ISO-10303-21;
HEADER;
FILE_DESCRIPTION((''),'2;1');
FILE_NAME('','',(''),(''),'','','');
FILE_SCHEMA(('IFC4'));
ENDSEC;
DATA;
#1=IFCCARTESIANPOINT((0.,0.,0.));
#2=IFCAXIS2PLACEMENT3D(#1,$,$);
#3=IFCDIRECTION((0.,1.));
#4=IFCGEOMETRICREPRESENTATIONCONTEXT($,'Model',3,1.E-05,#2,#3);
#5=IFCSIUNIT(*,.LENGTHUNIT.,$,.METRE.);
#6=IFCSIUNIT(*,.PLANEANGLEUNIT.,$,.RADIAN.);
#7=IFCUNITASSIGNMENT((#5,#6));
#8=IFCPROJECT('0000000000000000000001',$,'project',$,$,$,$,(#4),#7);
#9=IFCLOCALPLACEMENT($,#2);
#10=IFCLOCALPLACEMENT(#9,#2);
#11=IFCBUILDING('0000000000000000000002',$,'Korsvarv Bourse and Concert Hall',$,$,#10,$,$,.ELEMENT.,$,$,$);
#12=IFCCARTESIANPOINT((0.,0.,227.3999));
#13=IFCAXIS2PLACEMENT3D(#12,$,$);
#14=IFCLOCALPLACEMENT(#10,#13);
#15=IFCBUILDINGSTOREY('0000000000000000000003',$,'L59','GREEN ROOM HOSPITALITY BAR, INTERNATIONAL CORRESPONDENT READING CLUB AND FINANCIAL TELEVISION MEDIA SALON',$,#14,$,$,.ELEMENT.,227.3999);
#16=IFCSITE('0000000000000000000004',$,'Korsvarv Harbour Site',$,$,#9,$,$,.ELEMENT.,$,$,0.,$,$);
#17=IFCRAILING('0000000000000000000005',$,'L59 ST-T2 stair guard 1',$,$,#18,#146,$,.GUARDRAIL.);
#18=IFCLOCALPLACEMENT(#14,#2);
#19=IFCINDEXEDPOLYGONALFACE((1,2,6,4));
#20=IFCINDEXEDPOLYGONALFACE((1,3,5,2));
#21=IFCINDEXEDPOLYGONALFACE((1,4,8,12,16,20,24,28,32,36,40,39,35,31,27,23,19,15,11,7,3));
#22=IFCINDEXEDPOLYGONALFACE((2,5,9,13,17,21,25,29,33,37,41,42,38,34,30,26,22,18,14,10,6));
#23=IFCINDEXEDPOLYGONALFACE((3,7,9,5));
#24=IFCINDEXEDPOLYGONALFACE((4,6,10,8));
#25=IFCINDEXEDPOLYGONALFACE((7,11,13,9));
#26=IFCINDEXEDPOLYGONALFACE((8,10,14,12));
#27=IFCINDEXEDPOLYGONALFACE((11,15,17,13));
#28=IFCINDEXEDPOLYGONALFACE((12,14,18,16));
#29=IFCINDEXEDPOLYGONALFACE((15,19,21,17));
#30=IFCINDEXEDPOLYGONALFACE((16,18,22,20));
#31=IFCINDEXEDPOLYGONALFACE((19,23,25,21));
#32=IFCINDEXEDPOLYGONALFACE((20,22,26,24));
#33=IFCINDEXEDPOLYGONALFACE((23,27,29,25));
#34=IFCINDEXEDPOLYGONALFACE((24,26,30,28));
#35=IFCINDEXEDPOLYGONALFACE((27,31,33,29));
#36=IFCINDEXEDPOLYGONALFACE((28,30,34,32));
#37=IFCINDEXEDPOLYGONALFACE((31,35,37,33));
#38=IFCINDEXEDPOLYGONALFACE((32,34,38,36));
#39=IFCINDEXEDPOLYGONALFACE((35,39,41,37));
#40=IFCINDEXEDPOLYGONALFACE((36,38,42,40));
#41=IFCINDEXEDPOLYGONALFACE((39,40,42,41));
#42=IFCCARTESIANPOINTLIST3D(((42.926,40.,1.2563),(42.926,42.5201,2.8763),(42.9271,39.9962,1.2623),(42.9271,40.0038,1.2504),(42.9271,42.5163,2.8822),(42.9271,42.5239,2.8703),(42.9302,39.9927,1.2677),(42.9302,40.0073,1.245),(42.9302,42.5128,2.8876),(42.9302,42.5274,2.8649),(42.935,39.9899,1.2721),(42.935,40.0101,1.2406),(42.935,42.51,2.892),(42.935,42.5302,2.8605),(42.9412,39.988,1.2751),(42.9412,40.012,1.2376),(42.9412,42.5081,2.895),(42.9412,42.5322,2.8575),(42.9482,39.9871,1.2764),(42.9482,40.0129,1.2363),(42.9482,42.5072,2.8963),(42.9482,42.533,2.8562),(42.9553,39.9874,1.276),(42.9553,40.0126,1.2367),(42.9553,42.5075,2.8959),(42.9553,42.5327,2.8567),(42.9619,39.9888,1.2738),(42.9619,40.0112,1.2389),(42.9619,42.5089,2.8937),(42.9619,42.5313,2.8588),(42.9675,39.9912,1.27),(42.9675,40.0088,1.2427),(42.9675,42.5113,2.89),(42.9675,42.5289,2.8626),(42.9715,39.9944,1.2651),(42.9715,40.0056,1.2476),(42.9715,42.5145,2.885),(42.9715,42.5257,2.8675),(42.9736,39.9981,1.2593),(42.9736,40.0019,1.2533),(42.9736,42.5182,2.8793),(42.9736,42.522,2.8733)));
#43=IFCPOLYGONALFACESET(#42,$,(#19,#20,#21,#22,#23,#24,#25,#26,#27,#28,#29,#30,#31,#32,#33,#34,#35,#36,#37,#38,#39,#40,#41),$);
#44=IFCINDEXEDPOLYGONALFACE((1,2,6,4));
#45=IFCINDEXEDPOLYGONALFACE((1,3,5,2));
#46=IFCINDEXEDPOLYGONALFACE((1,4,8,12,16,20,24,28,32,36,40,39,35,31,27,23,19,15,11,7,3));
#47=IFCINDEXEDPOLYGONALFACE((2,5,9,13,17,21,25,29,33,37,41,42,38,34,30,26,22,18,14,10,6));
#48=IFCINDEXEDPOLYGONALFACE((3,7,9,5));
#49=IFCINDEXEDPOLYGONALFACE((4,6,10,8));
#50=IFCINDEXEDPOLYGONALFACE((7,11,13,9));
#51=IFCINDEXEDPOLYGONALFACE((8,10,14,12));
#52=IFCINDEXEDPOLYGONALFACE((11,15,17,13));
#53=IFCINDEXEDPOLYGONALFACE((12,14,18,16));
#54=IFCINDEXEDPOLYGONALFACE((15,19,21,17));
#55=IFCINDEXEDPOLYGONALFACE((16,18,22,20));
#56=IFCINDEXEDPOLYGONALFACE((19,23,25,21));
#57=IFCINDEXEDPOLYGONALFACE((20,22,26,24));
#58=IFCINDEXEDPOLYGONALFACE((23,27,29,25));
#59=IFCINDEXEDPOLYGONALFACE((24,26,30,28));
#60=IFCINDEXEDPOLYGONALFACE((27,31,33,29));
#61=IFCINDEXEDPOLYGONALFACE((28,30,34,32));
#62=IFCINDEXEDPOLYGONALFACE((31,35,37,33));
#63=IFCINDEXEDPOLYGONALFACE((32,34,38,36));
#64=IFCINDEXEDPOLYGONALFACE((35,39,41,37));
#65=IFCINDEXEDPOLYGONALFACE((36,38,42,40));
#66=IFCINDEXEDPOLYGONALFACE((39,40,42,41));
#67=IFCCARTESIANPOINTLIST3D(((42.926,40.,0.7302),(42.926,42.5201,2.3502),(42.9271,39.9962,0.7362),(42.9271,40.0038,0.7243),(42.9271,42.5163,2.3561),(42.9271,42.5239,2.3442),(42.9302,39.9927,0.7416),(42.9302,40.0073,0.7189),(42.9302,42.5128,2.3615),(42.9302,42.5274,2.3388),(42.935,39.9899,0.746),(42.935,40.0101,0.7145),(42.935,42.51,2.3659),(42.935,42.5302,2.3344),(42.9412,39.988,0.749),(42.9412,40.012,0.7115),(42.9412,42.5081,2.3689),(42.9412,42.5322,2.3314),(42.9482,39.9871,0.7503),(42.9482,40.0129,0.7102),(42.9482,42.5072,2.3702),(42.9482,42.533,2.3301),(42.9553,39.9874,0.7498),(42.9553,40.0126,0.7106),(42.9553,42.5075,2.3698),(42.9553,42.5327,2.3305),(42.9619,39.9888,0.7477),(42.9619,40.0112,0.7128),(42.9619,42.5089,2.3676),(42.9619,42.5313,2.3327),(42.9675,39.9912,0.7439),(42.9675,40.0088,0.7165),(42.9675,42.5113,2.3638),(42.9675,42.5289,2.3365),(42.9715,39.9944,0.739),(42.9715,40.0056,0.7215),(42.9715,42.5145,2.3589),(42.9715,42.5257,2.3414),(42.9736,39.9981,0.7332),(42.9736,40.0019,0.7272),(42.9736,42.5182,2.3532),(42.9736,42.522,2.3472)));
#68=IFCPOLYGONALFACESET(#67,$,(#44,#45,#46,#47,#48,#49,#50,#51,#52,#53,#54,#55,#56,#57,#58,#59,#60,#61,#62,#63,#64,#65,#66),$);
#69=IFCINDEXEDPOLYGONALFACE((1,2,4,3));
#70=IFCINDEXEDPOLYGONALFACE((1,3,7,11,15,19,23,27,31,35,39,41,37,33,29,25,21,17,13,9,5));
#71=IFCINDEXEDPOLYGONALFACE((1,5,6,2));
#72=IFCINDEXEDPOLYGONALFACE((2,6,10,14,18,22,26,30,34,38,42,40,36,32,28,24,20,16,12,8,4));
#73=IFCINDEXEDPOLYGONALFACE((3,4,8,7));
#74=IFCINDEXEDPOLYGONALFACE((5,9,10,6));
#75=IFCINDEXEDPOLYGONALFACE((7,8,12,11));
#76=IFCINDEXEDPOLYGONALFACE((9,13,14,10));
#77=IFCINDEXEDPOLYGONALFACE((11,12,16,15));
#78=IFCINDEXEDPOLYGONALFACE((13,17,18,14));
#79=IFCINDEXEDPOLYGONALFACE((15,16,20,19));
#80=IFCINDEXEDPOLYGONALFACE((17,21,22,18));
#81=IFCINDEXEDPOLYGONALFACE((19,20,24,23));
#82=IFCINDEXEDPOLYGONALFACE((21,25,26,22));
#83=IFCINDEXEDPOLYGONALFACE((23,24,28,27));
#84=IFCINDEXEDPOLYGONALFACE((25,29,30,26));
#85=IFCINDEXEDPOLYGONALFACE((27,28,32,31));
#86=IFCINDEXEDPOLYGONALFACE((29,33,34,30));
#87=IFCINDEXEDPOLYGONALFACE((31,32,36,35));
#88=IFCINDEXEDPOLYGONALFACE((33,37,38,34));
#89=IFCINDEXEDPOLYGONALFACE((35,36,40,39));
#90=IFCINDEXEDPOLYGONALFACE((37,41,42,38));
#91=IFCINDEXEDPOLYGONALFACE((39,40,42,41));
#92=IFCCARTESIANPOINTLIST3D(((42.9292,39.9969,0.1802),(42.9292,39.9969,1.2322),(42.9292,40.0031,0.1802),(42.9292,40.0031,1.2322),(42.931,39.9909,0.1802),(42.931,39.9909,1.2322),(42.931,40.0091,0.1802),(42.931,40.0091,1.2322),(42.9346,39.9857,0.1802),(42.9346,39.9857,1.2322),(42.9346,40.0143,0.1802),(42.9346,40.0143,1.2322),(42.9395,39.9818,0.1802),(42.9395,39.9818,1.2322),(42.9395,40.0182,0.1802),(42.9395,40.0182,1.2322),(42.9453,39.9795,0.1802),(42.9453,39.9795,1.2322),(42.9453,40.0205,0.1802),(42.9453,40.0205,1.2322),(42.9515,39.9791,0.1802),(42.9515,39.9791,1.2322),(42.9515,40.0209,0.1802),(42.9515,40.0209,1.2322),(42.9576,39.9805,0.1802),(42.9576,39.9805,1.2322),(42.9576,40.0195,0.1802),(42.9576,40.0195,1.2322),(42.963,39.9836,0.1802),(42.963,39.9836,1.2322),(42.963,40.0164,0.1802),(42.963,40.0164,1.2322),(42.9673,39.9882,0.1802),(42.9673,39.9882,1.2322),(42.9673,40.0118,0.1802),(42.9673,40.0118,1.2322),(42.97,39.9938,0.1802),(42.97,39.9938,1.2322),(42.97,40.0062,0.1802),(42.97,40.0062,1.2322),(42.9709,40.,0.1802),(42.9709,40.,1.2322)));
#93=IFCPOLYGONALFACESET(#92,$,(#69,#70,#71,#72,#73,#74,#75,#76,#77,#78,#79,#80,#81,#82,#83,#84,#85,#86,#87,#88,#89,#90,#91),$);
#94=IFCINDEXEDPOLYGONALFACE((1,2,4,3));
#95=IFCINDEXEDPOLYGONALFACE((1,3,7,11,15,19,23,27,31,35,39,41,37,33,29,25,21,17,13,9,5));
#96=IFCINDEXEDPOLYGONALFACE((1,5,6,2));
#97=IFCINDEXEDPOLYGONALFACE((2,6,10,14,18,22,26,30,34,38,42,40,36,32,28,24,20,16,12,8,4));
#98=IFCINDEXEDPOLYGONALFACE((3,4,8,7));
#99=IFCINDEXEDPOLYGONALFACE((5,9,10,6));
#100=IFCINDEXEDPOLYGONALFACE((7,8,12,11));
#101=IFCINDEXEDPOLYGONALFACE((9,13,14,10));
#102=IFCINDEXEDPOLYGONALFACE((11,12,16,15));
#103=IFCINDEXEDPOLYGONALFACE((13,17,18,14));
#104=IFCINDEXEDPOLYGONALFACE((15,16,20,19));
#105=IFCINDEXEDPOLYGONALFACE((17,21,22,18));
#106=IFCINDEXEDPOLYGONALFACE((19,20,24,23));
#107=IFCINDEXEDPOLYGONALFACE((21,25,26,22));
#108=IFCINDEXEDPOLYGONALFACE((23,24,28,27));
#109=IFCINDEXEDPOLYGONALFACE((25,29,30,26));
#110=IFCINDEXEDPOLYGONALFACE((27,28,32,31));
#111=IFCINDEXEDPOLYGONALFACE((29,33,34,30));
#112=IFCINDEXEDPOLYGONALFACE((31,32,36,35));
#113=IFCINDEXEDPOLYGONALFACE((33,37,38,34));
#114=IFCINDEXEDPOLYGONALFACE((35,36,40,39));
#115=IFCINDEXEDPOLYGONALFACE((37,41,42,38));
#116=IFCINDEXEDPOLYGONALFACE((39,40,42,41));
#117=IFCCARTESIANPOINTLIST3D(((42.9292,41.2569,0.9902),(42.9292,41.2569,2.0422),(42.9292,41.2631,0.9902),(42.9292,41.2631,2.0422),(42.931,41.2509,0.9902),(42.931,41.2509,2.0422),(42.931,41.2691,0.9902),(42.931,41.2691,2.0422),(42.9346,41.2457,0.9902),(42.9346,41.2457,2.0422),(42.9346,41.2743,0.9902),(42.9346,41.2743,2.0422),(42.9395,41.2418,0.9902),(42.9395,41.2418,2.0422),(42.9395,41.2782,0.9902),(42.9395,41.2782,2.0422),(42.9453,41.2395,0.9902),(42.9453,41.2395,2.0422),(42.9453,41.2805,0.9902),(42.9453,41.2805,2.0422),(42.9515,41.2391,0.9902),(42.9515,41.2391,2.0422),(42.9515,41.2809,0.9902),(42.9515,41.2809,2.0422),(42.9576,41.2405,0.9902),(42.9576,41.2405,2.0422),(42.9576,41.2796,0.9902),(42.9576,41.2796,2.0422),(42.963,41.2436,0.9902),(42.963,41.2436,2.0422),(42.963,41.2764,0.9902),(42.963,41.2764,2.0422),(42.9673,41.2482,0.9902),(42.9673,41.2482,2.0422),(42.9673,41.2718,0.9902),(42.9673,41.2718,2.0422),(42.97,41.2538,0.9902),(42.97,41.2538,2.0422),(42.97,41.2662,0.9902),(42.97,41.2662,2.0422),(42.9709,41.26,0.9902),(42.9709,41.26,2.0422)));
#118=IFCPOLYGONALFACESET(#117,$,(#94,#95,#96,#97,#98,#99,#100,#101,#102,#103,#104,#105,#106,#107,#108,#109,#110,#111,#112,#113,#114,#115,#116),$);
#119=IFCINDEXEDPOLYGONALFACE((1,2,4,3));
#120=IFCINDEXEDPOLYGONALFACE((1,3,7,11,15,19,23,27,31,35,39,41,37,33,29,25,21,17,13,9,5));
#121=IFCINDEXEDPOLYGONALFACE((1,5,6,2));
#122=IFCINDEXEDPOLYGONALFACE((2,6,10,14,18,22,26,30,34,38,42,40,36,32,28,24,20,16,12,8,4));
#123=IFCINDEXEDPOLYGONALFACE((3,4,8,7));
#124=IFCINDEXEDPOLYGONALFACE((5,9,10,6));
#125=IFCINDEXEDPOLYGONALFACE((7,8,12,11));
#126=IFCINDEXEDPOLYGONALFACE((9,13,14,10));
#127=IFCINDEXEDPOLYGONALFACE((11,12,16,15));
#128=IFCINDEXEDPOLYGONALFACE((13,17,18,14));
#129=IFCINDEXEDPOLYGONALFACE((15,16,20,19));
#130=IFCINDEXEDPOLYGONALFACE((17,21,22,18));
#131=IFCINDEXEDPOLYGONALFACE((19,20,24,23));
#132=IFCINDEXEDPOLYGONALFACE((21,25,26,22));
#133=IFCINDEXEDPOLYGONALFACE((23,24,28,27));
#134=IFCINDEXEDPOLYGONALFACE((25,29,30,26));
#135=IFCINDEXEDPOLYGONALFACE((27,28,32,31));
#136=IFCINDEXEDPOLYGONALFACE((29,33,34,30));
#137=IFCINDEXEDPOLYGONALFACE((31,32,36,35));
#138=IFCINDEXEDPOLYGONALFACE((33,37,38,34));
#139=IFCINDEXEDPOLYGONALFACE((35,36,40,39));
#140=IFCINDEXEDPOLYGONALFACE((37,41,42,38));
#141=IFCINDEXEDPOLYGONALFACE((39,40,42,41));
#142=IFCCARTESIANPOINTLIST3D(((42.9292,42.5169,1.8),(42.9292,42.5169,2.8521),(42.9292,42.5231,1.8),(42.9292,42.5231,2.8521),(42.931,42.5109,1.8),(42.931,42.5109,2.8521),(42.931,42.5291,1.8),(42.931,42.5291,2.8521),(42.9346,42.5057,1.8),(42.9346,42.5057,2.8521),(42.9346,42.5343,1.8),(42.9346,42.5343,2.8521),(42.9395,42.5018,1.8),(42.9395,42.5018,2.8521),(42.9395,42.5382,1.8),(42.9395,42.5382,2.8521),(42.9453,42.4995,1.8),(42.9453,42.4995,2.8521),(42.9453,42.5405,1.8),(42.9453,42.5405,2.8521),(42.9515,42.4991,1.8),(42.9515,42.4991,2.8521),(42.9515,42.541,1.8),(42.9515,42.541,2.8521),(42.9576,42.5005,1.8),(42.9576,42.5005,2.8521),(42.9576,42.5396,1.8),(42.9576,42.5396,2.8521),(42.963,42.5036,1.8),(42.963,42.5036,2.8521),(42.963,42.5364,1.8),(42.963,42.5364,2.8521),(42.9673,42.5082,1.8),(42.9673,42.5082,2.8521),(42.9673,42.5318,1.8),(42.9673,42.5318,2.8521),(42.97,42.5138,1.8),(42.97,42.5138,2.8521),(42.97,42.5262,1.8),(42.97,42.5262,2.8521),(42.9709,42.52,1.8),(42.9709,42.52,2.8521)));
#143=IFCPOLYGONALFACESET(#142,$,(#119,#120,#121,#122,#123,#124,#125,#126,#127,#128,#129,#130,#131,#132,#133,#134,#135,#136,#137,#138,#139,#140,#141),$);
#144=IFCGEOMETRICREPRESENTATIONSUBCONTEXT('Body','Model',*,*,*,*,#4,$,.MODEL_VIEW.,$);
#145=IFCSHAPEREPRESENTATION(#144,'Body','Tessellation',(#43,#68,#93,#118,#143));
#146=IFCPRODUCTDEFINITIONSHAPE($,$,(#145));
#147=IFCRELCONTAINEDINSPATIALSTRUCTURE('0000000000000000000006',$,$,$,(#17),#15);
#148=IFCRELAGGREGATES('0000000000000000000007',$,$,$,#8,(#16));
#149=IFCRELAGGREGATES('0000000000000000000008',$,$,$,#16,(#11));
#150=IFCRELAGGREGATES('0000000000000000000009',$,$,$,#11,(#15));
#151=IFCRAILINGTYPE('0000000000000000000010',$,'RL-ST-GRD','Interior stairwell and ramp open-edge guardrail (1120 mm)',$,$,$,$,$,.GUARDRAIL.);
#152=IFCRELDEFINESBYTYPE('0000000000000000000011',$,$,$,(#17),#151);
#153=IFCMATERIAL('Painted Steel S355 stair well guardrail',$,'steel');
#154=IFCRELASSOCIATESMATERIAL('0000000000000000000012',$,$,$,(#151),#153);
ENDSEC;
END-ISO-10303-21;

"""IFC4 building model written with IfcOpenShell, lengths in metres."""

from ifc_helpers import new_model, si_unit, direction, frame, origin, origin_2d, place, context, subcontext, project, spatial, circle, extrude, material, type_object, element, save


model = new_model("IFC4")

# Units and contexts
model_context = context("Model", 3, precision=1e-05, world=origin(), true_north=direction((0.0, 1.0)))
body_context = subcontext(model_context, "Body", "Model", "MODEL_VIEW")
ifc_project = project(units=[si_unit("LENGTHUNIT", "METRE"), si_unit("PLANEANGLEUNIT", "RADIAN")], contexts=[model_context])

# Site, building, storey
site_placement = place(None, origin())
site = spatial("IfcSite", under=ifc_project, at=site_placement, Name="Korsvarv Harbour Site", CompositionType="ELEMENT", RefElevation=0.0)
building_placement = place(site_placement, origin())
building = spatial("IfcBuilding", under=site, at=building_placement, Name="Korsvarv Bourse and Concert Hall", CompositionType="ELEMENT")
storey_placement = place(building_placement, frame((0.0, 0.0, 227.3999)))
storey = spatial("IfcBuildingStorey", under=building, at=storey_placement, Name="L59", Description="GREEN ROOM HOSPITALITY BAR, INTERNATIONAL CORRESPONDENT READING CLUB AND FINANCIAL TELEVISION MEDIA SALON", CompositionType="ELEMENT", Elevation=227.3999)

# Railing
ifc_material_1 = material(Name="Painted Steel S355 stair well guardrail", Category="steel")
railing_type_1 = type_object("IfcRailingType", Name="RL-ST-GRD", Description="Interior stairwell and ramp open-edge guardrail (1120 mm)", PredefinedType="GUARDRAIL", material=ifc_material_1)
railing_1_placement = place(storey_placement, frame((42.95, 40.0, 0.1802)))
element("IfcRailing", 1, at=railing_1_placement, inside=storey, type_object=railing_type_1, Name="L59 ST-T2 stair guard 1", PredefinedType="GUARDRAIL", context=body_context, shape_type="SweptSolid", body=[
    extrude(circle(Radius=0.0239, at=origin_2d()), frame((0.0, 0.0, 1.0762), z_axis=(0.0, 0.8412, 0.540725), x_axis=(-1.0, 0.0, 0.0)), (0.0, 0.0, 1.0), 2.9958),
    extrude(circle(Radius=0.0239, at=origin_2d()), frame((0.0, 0.0, 0.55), z_axis=(0.0, 0.8412, 0.540725), x_axis=(-1.0, 0.0, 0.0)), (0.0, 0.0, 1.0), 2.9958),
    extrude(circle(Radius=0.021, at=origin_2d()), origin(), (0.0, 0.0, 1.0), 1.052),
    extrude(circle(Radius=0.021, at=origin_2d()), frame((0.0, 1.26, 0.8101)), (0.0, 0.0, 1.0), 1.052),
    extrude(circle(Radius=0.021, at=origin_2d()), frame((0.0, 2.52, 1.6199)), (0.0, 0.0, 1.0), 1.052),
])

save(model, "model.ifc")
